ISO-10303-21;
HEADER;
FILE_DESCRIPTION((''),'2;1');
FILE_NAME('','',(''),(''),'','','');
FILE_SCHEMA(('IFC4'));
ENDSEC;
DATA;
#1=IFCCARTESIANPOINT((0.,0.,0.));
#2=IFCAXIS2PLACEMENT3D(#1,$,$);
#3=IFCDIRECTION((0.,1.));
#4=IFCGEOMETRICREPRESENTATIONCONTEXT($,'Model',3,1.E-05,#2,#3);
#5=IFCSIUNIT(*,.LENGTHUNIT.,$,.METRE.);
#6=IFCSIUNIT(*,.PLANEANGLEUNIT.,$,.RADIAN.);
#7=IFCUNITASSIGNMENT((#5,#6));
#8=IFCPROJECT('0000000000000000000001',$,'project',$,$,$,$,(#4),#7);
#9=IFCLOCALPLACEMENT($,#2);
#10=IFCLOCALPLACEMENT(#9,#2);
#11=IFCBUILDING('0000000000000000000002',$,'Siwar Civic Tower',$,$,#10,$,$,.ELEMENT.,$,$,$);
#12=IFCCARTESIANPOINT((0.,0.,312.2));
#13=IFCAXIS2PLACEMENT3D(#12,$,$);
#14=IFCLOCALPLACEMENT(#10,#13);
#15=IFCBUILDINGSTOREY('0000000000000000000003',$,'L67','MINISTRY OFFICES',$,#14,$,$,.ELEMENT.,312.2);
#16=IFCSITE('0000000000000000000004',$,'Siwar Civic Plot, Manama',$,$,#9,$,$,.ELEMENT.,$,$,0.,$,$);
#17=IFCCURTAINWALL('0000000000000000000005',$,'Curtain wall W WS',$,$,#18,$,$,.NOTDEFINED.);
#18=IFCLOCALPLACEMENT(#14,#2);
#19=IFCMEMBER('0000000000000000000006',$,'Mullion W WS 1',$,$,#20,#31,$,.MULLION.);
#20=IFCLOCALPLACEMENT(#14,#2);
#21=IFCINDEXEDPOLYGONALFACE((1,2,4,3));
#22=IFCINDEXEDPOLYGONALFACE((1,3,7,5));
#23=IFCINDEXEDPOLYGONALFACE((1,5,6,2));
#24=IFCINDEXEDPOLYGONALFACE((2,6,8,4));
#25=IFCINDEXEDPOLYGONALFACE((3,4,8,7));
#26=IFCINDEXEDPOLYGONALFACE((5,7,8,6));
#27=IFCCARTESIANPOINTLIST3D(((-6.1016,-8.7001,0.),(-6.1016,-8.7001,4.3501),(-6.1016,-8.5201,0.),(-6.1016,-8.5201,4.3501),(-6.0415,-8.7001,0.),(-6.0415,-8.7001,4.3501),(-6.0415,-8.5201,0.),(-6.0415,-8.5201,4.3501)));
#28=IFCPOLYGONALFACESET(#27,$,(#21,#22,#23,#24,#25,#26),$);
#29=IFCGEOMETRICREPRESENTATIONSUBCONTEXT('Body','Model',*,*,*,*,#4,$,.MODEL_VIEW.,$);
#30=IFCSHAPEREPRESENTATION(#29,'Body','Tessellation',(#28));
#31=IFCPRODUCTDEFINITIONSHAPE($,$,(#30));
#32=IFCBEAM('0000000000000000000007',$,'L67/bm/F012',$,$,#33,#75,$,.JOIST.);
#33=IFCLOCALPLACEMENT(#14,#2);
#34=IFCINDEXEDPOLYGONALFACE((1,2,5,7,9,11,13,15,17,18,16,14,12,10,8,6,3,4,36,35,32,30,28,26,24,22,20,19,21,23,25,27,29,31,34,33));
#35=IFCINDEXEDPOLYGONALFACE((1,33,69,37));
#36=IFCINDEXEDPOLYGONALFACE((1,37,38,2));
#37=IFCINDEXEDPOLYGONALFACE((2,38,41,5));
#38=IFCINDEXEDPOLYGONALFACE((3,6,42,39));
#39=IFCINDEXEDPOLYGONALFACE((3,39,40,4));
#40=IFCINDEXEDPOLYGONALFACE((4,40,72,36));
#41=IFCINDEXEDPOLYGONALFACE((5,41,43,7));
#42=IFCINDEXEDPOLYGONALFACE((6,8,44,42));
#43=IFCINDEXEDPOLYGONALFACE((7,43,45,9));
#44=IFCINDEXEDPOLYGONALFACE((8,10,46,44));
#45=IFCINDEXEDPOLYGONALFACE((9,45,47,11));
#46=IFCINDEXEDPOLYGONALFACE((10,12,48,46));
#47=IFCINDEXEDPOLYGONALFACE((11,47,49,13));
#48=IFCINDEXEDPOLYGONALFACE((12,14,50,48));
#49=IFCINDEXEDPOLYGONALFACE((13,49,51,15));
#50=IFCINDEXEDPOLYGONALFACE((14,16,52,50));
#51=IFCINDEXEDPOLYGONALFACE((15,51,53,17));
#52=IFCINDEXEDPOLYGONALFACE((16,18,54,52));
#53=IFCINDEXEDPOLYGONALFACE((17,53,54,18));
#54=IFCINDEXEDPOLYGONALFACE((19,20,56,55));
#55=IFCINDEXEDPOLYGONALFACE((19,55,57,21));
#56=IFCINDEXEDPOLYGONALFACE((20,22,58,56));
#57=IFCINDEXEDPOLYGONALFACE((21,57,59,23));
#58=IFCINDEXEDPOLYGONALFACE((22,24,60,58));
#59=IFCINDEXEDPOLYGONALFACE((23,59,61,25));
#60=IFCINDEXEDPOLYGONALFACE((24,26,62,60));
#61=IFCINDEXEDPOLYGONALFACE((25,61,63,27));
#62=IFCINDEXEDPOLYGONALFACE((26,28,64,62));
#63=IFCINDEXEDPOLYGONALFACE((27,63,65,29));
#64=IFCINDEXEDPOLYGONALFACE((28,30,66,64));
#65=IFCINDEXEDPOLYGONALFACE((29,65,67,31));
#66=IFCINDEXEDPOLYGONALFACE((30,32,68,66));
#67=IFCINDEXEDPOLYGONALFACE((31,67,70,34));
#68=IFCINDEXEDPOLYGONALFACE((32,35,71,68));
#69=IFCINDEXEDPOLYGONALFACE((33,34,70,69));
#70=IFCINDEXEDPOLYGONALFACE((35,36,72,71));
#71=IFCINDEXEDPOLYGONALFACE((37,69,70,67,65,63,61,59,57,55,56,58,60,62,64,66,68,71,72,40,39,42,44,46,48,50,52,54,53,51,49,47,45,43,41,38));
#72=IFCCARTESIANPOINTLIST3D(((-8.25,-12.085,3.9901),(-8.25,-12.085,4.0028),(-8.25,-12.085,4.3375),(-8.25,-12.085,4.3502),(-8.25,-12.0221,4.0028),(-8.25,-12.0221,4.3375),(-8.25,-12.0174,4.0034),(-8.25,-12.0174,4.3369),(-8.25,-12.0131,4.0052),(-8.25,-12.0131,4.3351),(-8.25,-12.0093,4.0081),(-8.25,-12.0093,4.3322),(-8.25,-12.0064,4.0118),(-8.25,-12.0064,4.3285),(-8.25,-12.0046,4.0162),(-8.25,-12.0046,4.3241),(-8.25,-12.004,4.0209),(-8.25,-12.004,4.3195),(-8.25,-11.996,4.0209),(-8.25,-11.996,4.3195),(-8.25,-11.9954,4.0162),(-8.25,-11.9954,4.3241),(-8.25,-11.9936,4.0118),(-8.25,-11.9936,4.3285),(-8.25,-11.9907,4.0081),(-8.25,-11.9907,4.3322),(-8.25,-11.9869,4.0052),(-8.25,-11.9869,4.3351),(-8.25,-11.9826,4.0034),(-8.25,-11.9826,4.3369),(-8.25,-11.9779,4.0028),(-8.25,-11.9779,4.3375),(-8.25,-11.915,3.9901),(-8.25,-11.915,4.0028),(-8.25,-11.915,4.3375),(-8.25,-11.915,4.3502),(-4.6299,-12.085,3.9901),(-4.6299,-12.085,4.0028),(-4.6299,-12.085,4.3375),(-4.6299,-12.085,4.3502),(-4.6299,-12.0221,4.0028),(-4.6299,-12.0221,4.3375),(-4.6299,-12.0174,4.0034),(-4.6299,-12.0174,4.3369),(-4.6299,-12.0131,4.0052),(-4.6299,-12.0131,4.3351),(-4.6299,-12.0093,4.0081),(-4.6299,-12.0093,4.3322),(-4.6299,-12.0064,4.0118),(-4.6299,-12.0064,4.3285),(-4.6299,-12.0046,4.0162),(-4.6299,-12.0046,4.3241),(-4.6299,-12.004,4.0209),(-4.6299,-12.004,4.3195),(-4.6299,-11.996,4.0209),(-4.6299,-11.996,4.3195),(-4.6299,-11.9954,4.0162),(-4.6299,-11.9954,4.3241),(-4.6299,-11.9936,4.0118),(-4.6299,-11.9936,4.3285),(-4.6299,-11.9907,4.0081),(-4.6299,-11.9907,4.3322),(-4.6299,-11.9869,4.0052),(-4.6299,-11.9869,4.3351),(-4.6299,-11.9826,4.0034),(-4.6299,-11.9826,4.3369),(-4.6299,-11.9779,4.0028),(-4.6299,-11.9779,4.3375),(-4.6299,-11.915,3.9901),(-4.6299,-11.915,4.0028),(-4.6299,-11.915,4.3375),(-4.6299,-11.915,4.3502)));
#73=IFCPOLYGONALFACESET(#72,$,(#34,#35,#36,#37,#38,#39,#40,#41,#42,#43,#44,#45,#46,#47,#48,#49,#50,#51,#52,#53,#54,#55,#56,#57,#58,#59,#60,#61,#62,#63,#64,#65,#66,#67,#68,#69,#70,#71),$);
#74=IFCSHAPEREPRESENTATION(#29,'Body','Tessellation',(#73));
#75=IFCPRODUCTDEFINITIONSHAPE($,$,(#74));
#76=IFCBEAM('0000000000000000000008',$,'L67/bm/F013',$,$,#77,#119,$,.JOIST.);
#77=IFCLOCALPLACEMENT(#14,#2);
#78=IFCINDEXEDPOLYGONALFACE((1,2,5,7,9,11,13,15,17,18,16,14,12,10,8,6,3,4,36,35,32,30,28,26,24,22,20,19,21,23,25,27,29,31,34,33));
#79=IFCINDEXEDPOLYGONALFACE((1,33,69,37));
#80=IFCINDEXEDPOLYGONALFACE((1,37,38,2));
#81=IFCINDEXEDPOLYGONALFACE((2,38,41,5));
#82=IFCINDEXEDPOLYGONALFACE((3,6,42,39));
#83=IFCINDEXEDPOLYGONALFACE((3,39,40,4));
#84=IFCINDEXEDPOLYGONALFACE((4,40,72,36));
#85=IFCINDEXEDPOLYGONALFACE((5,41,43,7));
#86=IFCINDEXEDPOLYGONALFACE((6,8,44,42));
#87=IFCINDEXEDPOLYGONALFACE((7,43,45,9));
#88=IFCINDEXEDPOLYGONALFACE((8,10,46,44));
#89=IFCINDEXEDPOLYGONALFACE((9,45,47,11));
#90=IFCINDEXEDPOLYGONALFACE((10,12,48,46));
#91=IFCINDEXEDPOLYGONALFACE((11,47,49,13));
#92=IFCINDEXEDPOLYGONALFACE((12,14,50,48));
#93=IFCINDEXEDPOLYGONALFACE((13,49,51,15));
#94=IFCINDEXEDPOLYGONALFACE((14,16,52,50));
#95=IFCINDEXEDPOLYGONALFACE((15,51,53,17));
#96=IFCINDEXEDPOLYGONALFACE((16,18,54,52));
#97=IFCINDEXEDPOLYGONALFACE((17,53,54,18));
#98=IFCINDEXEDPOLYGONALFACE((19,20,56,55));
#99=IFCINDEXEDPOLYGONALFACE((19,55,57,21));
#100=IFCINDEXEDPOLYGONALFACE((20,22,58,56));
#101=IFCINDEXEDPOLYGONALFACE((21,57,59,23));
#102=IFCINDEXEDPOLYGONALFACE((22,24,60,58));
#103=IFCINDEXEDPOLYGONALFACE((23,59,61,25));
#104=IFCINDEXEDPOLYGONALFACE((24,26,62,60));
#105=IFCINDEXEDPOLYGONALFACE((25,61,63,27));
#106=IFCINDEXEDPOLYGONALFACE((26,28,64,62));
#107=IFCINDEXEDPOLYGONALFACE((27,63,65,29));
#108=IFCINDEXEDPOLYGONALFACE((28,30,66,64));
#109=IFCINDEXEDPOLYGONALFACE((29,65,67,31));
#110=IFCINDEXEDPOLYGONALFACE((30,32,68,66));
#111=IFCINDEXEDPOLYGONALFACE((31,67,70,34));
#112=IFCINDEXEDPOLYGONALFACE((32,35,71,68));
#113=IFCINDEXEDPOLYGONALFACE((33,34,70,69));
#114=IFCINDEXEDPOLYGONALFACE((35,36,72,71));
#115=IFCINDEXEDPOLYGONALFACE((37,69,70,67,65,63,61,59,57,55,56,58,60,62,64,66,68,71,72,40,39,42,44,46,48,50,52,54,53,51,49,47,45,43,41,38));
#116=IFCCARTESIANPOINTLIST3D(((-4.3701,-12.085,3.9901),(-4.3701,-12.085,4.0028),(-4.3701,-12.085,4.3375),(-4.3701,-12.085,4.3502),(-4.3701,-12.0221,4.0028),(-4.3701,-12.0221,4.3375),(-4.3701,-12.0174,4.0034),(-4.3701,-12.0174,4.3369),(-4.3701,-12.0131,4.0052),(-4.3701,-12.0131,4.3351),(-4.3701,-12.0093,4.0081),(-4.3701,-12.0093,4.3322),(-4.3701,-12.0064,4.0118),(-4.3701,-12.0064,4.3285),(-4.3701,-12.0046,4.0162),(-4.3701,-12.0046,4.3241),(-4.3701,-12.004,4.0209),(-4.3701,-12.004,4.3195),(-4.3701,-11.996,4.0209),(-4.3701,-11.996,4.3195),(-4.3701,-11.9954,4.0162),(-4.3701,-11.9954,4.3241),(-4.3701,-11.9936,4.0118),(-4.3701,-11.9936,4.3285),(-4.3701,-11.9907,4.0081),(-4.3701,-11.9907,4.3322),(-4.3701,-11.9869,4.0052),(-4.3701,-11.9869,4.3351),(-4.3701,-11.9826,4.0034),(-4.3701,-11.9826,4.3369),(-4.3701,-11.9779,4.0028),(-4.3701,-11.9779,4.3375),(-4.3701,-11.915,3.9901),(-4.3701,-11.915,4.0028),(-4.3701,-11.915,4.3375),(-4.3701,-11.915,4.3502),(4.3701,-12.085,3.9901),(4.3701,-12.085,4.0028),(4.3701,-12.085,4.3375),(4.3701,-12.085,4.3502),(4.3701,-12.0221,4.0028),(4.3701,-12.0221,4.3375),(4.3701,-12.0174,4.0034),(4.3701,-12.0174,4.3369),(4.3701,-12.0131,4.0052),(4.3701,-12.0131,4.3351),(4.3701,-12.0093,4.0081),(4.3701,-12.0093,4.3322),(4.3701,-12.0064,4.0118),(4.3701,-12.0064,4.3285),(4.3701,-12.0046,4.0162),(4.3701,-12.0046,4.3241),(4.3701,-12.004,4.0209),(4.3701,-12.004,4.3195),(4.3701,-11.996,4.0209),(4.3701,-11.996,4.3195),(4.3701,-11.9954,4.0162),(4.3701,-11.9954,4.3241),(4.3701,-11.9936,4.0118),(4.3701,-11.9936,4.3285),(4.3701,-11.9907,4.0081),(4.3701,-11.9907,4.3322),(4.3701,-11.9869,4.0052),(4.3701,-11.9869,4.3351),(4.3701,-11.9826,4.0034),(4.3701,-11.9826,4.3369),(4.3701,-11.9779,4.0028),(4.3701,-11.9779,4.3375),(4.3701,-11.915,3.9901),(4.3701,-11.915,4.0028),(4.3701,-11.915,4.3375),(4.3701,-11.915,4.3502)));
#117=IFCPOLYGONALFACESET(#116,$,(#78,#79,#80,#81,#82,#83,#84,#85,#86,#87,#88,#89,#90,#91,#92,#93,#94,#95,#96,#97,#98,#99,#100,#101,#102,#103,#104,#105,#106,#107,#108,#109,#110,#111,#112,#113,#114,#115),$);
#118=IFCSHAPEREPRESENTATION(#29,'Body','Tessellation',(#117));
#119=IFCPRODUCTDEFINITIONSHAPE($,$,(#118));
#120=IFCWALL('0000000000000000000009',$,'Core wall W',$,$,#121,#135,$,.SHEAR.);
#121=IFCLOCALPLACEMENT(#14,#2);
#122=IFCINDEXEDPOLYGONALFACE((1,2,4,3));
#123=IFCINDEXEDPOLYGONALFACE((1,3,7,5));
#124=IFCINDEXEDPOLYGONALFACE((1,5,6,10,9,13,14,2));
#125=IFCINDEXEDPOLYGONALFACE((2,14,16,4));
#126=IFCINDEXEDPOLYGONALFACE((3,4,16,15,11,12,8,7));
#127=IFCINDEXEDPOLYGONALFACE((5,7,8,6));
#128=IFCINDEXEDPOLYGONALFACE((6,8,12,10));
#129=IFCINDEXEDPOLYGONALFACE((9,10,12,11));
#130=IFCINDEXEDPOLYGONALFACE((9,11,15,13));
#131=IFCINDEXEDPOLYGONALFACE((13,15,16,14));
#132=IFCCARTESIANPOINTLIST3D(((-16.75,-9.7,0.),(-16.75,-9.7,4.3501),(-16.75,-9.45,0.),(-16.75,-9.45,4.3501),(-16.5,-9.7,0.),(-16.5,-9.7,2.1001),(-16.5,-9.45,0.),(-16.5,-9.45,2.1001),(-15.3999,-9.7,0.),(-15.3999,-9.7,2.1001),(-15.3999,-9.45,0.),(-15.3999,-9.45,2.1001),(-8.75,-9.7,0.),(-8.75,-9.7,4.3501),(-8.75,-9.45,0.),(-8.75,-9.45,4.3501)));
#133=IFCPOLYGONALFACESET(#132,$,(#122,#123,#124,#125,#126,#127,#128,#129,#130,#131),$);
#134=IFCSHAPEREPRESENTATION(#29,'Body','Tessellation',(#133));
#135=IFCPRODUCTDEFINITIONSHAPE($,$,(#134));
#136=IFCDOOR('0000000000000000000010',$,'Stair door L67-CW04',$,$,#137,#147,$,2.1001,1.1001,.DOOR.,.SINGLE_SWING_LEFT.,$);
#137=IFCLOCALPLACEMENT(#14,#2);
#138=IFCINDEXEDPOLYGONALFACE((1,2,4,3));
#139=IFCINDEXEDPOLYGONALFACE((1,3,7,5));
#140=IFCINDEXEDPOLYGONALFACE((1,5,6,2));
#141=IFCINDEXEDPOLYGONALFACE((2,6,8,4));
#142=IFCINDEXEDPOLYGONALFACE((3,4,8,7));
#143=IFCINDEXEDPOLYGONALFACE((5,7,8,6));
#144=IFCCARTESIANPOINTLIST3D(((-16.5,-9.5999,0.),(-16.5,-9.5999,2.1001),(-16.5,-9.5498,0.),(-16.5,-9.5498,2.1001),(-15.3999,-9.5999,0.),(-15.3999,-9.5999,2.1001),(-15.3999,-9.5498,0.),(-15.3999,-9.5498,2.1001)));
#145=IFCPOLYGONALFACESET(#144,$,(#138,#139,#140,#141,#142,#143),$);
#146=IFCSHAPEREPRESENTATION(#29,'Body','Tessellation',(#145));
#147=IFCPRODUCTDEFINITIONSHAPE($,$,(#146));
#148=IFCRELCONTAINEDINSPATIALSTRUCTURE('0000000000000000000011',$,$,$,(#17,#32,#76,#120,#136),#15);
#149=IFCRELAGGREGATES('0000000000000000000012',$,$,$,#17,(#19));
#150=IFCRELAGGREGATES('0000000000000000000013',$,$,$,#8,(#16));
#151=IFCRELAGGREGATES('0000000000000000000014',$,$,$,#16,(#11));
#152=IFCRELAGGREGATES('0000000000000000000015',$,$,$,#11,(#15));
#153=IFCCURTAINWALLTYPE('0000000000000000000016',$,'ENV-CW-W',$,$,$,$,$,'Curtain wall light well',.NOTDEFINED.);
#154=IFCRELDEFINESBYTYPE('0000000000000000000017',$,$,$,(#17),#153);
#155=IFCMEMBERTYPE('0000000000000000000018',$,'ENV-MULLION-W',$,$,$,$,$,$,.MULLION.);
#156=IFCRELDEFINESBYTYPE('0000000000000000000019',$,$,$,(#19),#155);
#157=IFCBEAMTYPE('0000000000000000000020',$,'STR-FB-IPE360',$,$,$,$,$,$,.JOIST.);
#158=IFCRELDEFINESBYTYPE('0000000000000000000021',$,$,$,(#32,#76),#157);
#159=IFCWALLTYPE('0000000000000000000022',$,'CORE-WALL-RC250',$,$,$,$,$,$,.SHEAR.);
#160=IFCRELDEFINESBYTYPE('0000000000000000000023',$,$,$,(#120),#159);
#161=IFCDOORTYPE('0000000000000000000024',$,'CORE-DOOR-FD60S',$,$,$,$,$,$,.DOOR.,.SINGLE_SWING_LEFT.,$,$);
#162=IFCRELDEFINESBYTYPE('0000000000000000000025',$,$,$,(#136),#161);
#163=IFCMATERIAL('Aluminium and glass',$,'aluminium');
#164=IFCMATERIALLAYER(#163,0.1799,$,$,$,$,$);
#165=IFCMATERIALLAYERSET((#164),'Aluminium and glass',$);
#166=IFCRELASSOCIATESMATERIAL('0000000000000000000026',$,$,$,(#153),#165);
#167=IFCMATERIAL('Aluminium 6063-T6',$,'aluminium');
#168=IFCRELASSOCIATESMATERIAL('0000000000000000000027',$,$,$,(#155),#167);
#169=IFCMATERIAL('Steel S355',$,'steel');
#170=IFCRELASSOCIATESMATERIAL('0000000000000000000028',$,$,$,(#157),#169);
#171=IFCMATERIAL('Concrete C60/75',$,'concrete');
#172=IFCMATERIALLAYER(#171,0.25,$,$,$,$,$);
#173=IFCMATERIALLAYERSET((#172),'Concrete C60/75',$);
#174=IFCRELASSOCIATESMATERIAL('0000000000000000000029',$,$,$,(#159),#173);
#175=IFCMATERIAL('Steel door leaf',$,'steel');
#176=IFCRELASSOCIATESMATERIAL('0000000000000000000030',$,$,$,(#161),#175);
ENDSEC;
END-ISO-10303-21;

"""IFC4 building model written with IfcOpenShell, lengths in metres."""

from ifc_helpers import new_model, si_unit, direction, frame, frame_2d, origin, origin_2d, place, context, subcontext, project, spatial, rectangle, i_section, extrude, material, layer, layer_set, material_profile, profile_set, type_object, element, fill, aggregate, save


model = new_model("IFC4")

# Units and contexts
model_context = context("Model", 3, precision=1e-05, world=origin(), true_north=direction((0.0, 1.0)))
body_context = subcontext(model_context, "Body", "Model", "MODEL_VIEW")
ifc_project = project(units=[si_unit("LENGTHUNIT", "METRE"), si_unit("PLANEANGLEUNIT", "RADIAN")], contexts=[model_context])

# Site, building, storey
site_placement = place(None, origin())
site = spatial("IfcSite", under=ifc_project, at=site_placement, Name="Siwar Civic Plot, Manama", CompositionType="ELEMENT", RefElevation=0.0)
building_placement = place(site_placement, origin())
building = spatial("IfcBuilding", under=site, at=building_placement, Name="Siwar Civic Tower", CompositionType="ELEMENT")
storey_placement = place(building_placement, frame((0.0, 0.0, 312.2)))
storey = spatial("IfcBuildingStorey", under=building, at=storey_placement, Name="L67", Description="MINISTRY OFFICES", CompositionType="ELEMENT", Elevation=312.2)

# Curtain wall, member
ifc_material_1 = material(Name="Aluminium and glass", Category="aluminium")
ifc_layer_1 = layer(ifc_material_1, 0.1799)
ifc_layer_set_1 = layer_set([ifc_layer_1], Name="Aluminium and glass")
curtain_wall_type = type_object("IfcCurtainWallType", Name="ENV-CW-W", ElementType="Curtain wall light well", PredefinedType="NOTDEFINED", material=ifc_layer_set_1)
curtain_wall_placement = place(storey_placement, origin())
curtain_wall = element("IfcCurtainWall", 1, at=curtain_wall_placement, inside=storey, type_object=curtain_wall_type, Name="Curtain wall W WS", PredefinedType="NOTDEFINED")
ifc_material_2 = material(Name="Aluminium 6063-T6", Category="aluminium")
ifc_material_profile_1 = material_profile(ifc_material_2, rectangle(XDim=0.1799, YDim=0.0601, at=origin_2d()), Name="AL 180x60")
ifc_profile_set_1 = profile_set([ifc_material_profile_1], Name="Aluminium 6063-T6")
member_type = type_object("IfcMemberType", Name="ENV-MULLION-W", PredefinedType="MULLION", material=ifc_profile_set_1)
member_placement = place(storey_placement, frame((-6.0715, -8.6101, 0.0), z_axis=(0.0, 0.0, 1.0), x_axis=(0.0, 1.0, 0.0)))
member = element("IfcMember", 2, at=member_placement, type_object=member_type, Name="Mullion W WS 1", PredefinedType="MULLION", context=body_context, shape_type="SweptSolid", body=[
    extrude(rectangle(XDim=0.1799, YDim=0.0601, at=origin_2d()), origin(), (0.0, 0.0, 1.0), 4.3501),
])
aggregate(curtain_wall, [member])

# Beams
ifc_material_3 = material(Name="Steel S355", Category="steel")
ifc_material_profile_2 = material_profile(ifc_material_3, i_section(OverallWidth=0.1699, OverallDepth=0.3601, WebThickness=0.0081, FlangeThickness=0.0127, FilletRadius=0.0181, at=origin_2d()), Name="IPE360")
ifc_profile_set_2 = profile_set([ifc_material_profile_2], Name="Steel S355")
beam_type = type_object("IfcBeamType", Name="STR-FB-IPE360", PredefinedType="JOIST", material=ifc_profile_set_2)
beam_1_placement = place(storey_placement, frame((-8.25, -12.0, 4.1702), z_axis=(1.0, 0.0, 0.0), x_axis=(0.0, 1.0, 0.0)))
element("IfcBeam", 3, at=beam_1_placement, inside=storey, type_object=beam_type, Name="L67/bm/F012", PredefinedType="JOIST", context=body_context, shape_type="SweptSolid", body=[
    extrude(i_section(OverallWidth=0.1699, OverallDepth=0.3601, WebThickness=0.0081, FlangeThickness=0.0127, FilletRadius=0.0181, at=origin_2d()), origin(), (0.0, 0.0, 1.0), 3.6201),
])
beam_2_placement = place(storey_placement, frame((-4.3701, -12.0, 4.1702), z_axis=(1.0, 0.0, 0.0), x_axis=(0.0, 1.0, 0.0)))
element("IfcBeam", 4, at=beam_2_placement, inside=storey, type_object=beam_type, Name="L67/bm/F013", PredefinedType="JOIST", context=body_context, shape_type="SweptSolid", body=[
    extrude(i_section(OverallWidth=0.1699, OverallDepth=0.3601, WebThickness=0.0081, FlangeThickness=0.0127, FilletRadius=0.0181, at=origin_2d()), origin(), (0.0, 0.0, 1.0), 8.7402),
])

# Wall, opening, door
ifc_material_4 = material(Name="Concrete C60/75", Category="concrete")
ifc_layer_2 = layer(ifc_material_4, 0.25)
ifc_layer_set_2 = layer_set([ifc_layer_2], Name="Concrete C60/75")
wall_type_1 = type_object("IfcWallType", Name="CORE-WALL-RC250", PredefinedType="SHEAR", material=ifc_layer_set_2)
wall_1_placement = place(storey_placement, frame((-8.75, -9.575, 0.0), z_axis=(0.0, 0.0, 1.0), x_axis=(-1.0, 0.0, 0.0)))
wall_1 = element("IfcWall", 5, at=wall_1_placement, inside=storey, type_object=wall_type_1, Name="Core wall W", PredefinedType="SHEAR", context=body_context, shape_type="SweptSolid", body=[
    extrude(rectangle(XDim=8.0, YDim=0.25, at=frame_2d((4.0, 0.0))), origin(), (0.0, 0.0, 1.0), 4.3501),
])
opening_1_placement = place(wall_1_placement, frame((6.6499, 0.0, 0.0)))
opening_1 = element("IfcOpeningElement", 6, at=opening_1_placement, cuts=wall_1, PredefinedType="OPENING", context=body_context, shape_type="SweptSolid", body=[
    extrude(rectangle(XDim=1.1001, YDim=2.1001, at=frame_2d((0.55, 1.05))), frame((0.0, 0.135, 0.0), z_axis=(0.0, -1.0, 0.0), x_axis=(1.0, 0.0, 0.0)), (0.0, 0.0, 1.0), 0.27),
])
ifc_material_5 = material(Name="Steel door leaf", Category="steel")
door_type_1 = type_object("IfcDoorType", Name="CORE-DOOR-FD60S", OperationType="SINGLE_SWING_LEFT", PredefinedType="DOOR", material=ifc_material_5)
door_1_placement = place(opening_1_placement, origin())
door_1 = element("IfcDoor", 7, at=door_1_placement, inside=storey, type_object=door_type_1, Name="Stair door L67-CW04", OperationType="SINGLE_SWING_LEFT", OverallHeight=2.1001, OverallWidth=1.1001, PredefinedType="DOOR", context=body_context, shape_type="SweptSolid", body=[
    extrude(rectangle(XDim=1.1001, YDim=2.1001, at=frame_2d((0.55, 1.05))), frame((0.0, 0.0249, 0.0), z_axis=(0.0, -1.0, 0.0), x_axis=(1.0, 0.0, 0.0)), (0.0, 0.0, 1.0), 0.05),
])
fill(opening_1, door_1)

save(model, "model.ifc")
